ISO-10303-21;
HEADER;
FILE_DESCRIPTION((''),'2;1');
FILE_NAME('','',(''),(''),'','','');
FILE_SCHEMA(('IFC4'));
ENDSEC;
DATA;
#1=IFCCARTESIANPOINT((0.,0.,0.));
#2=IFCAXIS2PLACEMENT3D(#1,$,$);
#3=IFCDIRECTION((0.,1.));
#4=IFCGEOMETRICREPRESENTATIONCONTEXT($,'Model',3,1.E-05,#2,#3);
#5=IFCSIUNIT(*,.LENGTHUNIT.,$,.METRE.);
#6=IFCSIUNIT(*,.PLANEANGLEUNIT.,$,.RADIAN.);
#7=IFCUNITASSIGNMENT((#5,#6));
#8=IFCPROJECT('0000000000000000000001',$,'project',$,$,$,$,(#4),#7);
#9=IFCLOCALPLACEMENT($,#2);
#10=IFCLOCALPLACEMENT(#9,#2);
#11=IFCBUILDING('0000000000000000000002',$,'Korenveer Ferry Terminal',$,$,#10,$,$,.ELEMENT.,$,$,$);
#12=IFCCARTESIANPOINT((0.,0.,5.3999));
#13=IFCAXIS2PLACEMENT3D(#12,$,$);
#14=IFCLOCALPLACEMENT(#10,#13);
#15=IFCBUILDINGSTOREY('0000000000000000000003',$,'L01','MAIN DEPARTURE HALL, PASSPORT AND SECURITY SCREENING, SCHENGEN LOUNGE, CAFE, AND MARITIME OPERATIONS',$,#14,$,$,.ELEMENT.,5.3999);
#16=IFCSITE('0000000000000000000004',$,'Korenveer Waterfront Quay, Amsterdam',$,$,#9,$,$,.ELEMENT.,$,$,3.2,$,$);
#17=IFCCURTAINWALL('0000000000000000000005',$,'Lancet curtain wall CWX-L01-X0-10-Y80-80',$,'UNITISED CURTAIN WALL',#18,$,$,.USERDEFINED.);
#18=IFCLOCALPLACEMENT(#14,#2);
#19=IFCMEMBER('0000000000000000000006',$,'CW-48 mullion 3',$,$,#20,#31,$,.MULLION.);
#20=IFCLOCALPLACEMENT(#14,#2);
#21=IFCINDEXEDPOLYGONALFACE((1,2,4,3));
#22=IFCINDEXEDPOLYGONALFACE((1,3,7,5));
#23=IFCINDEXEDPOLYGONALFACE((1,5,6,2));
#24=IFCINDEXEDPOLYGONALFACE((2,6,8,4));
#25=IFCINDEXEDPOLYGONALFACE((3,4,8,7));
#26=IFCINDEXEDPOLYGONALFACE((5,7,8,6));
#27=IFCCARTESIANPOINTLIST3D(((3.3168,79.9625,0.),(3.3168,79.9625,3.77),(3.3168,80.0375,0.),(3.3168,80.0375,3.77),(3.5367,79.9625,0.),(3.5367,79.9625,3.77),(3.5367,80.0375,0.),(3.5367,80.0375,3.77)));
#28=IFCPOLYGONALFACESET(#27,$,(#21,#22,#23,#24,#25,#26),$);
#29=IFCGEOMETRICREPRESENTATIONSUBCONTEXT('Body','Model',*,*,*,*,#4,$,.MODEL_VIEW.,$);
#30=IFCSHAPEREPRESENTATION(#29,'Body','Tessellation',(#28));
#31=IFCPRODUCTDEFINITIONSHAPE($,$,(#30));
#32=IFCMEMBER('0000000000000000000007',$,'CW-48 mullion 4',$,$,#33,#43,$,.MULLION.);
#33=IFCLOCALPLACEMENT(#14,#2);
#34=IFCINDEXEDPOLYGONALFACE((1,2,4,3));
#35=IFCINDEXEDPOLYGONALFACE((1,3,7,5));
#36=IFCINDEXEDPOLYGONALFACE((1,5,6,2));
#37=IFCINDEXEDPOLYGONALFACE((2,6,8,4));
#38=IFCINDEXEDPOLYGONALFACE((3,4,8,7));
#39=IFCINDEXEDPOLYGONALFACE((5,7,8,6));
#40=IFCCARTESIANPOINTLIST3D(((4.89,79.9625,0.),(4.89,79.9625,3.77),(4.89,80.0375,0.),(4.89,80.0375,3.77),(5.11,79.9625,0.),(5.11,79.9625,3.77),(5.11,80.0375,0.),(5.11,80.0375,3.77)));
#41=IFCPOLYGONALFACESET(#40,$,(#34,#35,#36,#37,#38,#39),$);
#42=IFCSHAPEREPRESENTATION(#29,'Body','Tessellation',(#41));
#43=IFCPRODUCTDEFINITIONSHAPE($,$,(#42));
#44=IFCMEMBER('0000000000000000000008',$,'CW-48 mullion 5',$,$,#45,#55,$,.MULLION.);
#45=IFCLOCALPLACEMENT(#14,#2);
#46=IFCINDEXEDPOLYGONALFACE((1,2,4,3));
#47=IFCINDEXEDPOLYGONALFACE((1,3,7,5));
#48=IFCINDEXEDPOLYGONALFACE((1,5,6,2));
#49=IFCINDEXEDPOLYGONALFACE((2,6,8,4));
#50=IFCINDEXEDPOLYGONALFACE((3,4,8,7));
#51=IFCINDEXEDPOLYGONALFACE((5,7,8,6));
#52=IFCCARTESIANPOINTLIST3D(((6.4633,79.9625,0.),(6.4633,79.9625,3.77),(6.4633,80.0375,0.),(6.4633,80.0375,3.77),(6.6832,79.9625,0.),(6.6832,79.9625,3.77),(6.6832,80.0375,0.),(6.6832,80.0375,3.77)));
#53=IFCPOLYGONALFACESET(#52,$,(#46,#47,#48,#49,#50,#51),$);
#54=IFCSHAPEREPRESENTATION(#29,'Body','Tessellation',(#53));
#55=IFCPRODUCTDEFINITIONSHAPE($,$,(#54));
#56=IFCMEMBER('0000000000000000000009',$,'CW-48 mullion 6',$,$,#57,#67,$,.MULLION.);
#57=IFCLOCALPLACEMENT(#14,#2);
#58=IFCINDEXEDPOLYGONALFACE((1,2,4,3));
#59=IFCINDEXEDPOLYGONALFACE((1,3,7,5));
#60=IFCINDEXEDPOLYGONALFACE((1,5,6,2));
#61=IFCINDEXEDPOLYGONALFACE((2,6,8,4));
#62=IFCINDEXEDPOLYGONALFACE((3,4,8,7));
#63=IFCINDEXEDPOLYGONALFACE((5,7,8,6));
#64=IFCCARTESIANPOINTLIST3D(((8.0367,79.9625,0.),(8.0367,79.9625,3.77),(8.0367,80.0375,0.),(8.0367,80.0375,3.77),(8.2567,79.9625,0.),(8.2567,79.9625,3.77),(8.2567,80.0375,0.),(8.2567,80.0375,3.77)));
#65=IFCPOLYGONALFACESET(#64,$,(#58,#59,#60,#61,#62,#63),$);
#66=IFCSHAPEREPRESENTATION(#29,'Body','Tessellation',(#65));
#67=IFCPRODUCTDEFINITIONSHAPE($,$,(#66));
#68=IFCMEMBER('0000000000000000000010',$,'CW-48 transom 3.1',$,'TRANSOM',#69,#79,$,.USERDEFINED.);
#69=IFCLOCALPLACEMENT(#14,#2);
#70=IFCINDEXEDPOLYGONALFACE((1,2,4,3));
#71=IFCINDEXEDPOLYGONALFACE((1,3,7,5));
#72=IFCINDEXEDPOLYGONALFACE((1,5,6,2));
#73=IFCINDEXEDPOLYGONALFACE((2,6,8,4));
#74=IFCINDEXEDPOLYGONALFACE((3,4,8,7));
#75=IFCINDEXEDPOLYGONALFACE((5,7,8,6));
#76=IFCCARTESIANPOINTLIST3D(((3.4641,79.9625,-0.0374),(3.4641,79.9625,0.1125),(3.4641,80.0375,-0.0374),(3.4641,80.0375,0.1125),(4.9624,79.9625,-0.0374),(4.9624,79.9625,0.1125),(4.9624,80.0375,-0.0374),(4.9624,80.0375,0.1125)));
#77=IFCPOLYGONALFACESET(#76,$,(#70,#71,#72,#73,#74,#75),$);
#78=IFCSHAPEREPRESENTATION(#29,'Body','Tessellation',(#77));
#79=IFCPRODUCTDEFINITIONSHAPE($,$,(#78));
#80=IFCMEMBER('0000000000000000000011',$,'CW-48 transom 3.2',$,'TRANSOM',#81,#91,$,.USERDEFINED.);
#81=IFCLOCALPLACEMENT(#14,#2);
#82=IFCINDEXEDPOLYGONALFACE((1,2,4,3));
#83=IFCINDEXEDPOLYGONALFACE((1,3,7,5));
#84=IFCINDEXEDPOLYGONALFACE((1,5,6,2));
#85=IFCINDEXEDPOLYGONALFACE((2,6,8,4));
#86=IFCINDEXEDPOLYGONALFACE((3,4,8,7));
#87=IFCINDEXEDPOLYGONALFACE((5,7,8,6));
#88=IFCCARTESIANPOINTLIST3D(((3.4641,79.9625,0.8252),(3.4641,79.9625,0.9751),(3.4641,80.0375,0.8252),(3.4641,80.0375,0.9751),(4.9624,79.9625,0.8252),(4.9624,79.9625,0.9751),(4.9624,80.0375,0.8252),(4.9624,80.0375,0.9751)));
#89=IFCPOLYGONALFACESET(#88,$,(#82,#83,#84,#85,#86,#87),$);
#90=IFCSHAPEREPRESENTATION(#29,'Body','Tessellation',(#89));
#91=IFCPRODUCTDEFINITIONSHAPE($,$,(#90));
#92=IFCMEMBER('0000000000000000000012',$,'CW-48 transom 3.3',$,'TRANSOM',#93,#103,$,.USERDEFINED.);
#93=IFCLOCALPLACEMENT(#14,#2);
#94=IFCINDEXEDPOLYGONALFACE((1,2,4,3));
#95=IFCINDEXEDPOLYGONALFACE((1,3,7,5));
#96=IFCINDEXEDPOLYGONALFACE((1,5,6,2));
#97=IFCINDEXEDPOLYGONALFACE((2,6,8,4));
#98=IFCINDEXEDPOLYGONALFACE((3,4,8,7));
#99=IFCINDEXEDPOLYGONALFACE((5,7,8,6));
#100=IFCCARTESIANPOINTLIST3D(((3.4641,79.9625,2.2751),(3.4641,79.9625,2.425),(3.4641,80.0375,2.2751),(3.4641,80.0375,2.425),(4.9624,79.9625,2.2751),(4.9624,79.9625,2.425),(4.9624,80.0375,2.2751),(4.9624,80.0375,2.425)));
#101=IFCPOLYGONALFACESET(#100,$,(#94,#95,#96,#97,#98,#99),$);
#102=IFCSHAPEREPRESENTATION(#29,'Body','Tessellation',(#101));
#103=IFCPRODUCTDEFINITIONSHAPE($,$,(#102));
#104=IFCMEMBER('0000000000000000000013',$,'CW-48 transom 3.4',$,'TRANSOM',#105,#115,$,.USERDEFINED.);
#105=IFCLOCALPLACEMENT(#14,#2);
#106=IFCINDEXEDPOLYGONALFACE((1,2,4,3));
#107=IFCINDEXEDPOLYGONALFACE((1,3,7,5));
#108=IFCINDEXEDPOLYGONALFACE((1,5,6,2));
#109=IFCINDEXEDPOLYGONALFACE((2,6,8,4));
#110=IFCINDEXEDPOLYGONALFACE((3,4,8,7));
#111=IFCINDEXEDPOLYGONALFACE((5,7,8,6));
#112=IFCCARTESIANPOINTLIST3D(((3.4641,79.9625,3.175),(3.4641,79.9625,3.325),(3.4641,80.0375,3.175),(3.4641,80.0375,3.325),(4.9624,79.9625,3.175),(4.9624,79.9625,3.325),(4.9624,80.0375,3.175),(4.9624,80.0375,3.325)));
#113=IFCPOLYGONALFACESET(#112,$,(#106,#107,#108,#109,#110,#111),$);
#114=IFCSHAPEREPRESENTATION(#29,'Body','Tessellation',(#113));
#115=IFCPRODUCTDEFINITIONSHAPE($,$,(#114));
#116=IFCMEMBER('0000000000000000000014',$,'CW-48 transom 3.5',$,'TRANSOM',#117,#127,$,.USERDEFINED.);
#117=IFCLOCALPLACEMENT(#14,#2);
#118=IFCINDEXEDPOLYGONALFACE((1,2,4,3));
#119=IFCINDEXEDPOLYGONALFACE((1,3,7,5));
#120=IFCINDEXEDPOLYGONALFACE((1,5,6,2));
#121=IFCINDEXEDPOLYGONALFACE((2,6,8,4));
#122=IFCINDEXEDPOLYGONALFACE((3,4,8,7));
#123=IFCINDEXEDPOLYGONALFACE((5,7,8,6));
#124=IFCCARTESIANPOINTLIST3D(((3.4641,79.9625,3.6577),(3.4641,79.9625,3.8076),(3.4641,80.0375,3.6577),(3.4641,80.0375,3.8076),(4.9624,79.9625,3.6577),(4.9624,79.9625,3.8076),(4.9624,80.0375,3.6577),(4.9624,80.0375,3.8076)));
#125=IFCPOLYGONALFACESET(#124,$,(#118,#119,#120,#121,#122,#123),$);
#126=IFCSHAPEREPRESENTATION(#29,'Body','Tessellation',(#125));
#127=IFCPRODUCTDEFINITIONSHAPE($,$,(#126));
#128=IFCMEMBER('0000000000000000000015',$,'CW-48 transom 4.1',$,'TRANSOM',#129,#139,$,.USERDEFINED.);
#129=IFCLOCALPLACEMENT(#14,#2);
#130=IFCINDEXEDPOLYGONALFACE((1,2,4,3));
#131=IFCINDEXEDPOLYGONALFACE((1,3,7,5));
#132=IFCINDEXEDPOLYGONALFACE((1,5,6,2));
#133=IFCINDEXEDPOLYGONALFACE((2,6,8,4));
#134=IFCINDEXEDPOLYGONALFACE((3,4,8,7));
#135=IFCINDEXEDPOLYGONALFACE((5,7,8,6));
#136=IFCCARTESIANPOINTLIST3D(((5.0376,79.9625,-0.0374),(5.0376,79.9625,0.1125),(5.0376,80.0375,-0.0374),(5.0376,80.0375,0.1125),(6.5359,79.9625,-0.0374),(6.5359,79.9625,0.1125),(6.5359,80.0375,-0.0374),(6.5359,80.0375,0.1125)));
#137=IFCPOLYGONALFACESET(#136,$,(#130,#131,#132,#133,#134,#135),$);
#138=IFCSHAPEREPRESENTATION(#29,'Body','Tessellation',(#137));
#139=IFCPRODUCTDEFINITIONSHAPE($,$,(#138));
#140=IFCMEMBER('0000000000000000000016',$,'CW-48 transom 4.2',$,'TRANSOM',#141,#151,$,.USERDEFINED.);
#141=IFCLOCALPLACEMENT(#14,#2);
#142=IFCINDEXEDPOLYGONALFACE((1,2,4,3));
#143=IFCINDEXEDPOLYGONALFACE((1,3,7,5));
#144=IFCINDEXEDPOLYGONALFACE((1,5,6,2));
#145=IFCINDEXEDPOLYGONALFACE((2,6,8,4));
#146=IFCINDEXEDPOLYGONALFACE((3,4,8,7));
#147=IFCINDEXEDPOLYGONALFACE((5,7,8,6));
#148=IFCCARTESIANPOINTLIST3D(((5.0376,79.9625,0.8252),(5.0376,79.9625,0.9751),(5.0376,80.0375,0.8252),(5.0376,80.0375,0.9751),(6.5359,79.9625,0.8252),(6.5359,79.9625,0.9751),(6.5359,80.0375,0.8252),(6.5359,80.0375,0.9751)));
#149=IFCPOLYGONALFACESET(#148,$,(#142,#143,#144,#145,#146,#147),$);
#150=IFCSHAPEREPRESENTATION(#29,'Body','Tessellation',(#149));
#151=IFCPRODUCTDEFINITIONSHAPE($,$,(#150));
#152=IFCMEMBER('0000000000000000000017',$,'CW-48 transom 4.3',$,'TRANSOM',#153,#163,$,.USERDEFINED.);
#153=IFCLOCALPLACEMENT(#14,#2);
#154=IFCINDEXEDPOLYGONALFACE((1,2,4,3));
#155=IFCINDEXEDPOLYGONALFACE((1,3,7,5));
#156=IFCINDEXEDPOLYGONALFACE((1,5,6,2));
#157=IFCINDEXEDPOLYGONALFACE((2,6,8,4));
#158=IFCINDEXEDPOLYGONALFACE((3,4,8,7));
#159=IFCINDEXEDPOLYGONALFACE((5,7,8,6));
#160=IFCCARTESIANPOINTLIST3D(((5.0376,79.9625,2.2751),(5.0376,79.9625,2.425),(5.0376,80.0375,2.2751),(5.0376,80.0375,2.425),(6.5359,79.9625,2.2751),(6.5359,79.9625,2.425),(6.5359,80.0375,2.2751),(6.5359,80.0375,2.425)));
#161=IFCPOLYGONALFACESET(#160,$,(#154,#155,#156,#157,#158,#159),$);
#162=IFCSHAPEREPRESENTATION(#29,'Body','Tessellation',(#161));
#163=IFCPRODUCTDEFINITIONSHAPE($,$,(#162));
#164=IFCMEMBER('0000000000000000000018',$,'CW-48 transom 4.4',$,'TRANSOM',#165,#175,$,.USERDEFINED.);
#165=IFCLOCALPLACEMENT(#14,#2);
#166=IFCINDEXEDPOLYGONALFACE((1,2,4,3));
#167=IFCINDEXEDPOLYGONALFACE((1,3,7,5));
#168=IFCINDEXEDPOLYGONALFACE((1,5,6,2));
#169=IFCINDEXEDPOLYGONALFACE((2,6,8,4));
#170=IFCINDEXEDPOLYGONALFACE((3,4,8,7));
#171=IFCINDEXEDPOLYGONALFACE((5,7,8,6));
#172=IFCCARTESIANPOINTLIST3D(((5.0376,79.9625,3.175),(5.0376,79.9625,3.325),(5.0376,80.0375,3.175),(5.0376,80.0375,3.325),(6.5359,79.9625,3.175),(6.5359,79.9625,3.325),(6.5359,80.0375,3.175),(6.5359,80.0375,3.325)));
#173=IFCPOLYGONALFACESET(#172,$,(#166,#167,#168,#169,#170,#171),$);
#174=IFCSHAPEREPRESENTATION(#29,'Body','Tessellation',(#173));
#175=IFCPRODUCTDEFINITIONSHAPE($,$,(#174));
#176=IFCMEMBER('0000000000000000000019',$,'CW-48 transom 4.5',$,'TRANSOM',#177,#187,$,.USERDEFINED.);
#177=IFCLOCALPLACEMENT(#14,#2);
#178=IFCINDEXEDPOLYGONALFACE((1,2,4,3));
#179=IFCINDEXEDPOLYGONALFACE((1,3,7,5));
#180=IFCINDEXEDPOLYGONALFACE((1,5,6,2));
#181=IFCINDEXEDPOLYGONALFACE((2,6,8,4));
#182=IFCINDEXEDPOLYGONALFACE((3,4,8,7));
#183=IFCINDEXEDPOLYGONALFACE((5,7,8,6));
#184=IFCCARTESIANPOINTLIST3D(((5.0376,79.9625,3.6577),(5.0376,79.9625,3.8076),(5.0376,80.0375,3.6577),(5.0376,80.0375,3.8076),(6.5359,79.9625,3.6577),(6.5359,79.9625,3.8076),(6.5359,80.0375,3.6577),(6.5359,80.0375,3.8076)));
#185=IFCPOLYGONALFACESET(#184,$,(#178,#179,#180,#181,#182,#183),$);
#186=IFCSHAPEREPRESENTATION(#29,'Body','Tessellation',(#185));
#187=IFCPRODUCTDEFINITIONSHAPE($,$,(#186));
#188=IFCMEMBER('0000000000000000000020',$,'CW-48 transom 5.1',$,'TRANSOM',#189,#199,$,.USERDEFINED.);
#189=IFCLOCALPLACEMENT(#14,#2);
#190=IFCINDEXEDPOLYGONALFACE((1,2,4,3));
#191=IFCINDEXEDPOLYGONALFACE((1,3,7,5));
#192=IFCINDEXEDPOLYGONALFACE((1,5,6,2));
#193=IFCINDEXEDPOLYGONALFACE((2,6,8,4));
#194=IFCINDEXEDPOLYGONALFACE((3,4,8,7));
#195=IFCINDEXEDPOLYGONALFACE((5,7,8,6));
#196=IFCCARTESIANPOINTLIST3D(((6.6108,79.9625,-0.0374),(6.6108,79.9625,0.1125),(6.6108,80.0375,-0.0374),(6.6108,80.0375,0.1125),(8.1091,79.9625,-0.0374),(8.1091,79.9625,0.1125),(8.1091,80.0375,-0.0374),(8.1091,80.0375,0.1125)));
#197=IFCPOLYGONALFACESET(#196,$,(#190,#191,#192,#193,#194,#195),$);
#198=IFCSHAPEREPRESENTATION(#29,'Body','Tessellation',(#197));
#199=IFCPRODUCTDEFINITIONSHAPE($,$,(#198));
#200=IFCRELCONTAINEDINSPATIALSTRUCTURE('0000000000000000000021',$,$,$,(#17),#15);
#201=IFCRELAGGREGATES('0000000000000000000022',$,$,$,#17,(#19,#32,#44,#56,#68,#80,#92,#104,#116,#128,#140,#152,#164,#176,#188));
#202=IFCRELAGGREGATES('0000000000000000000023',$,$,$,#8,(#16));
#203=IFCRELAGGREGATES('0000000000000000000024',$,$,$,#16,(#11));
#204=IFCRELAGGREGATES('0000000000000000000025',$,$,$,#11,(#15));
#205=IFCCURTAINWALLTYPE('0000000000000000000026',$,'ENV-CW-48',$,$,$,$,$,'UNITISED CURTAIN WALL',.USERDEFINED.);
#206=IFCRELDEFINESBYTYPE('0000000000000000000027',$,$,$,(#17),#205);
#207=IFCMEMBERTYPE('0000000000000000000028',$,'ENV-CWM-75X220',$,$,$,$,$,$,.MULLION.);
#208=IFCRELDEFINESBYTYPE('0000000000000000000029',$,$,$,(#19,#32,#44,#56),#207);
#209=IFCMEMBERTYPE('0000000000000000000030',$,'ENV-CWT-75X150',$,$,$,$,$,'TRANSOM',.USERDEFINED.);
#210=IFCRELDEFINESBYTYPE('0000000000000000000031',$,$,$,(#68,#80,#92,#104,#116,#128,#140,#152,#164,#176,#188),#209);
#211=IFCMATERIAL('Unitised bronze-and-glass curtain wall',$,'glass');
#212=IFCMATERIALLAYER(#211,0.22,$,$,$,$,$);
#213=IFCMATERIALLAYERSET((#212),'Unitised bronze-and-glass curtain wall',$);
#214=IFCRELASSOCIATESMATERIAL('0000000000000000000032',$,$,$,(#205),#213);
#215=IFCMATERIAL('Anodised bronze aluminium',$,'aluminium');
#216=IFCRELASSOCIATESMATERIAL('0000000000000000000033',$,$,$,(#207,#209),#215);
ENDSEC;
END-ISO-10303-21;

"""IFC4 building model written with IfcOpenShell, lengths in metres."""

from ifc_helpers import new_model, si_unit, direction, frame, origin, origin_2d, place, context, subcontext, project, spatial, rectangle, extrude, material, layer, layer_set, material_profile, profile_set, type_object, element, aggregate, save


model = new_model("IFC4")

# Units and contexts
model_context = context("Model", 3, precision=1e-05, world=origin(), true_north=direction((0.0, 1.0)))
body_context = subcontext(model_context, "Body", "Model", "MODEL_VIEW")
ifc_project = project(units=[si_unit("LENGTHUNIT", "METRE"), si_unit("PLANEANGLEUNIT", "RADIAN")], contexts=[model_context])

# Site, building, storey
site_placement = place(None, origin())
site = spatial("IfcSite", under=ifc_project, at=site_placement, Name="Korenveer Waterfront Quay, Amsterdam", CompositionType="ELEMENT", RefElevation=3.2)
building_placement = place(site_placement, origin())
building = spatial("IfcBuilding", under=site, at=building_placement, Name="Korenveer Ferry Terminal", CompositionType="ELEMENT")
storey_placement = place(building_placement, frame((0.0, 0.0, 5.3999)))
storey = spatial("IfcBuildingStorey", under=building, at=storey_placement, Name="L01", Description="MAIN DEPARTURE HALL, PASSPORT AND SECURITY SCREENING, SCHENGEN LOUNGE, CAFE, AND MARITIME OPERATIONS", CompositionType="ELEMENT", Elevation=5.3999)

# Curtain wall, members
ifc_material_1 = material(Name="Unitised bronze-and-glass curtain wall", Category="glass")
ifc_layer_1 = layer(ifc_material_1, 0.22)
ifc_layer_set_1 = layer_set([ifc_layer_1], Name="Unitised bronze-and-glass curtain wall")
curtain_wall_type = type_object("IfcCurtainWallType", Name="ENV-CW-48", ElementType="UNITISED CURTAIN WALL", PredefinedType="USERDEFINED", material=ifc_layer_set_1)
curtain_wall_placement = place(storey_placement, frame((0.28, 80.0, 0.0)))
curtain_wall = element("IfcCurtainWall", 1, at=curtain_wall_placement, inside=storey, type_object=curtain_wall_type, Name="Lancet curtain wall CWX-L01-X0-10-Y80-80", ObjectType="UNITISED CURTAIN WALL", PredefinedType="USERDEFINED")
ifc_material_2 = material(Name="Anodised bronze aluminium", Category="aluminium")
ifc_material_profile_1 = material_profile(ifc_material_2, rectangle(XDim=0.075, YDim=0.22, at=origin_2d()), Name="ALU 75x220")
ifc_profile_set_1 = profile_set([ifc_material_profile_1], Name="Anodised bronze aluminium")
member_type_1 = type_object("IfcMemberType", Name="ENV-CWM-75X220", PredefinedType="MULLION", material=ifc_profile_set_1)
member_1_placement = place(storey_placement, frame((3.4268, 80.0, 0.0), z_axis=(0.0, 0.0, 1.0), x_axis=(0.0, 1.0, 0.0)))
member_1 = element("IfcMember", 2, at=member_1_placement, type_object=member_type_1, Name="CW-48 mullion 3", PredefinedType="MULLION", context=body_context, shape_type="SweptSolid", body=[
    extrude(rectangle(XDim=0.075, YDim=0.22, at=origin_2d()), origin(), (0.0, 0.0, 1.0), 3.77),
])
member_2_placement = place(storey_placement, frame((5.0, 80.0, 0.0), z_axis=(0.0, 0.0, 1.0), x_axis=(0.0, 1.0, 0.0)))
member_2 = element("IfcMember", 3, at=member_2_placement, type_object=member_type_1, Name="CW-48 mullion 4", PredefinedType="MULLION", context=body_context, shape_type="SweptSolid", body=[
    extrude(rectangle(XDim=0.075, YDim=0.22, at=origin_2d()), origin(), (0.0, 0.0, 1.0), 3.77),
])
member_3_placement = place(storey_placement, frame((6.5732, 80.0, 0.0), z_axis=(0.0, 0.0, 1.0), x_axis=(0.0, 1.0, 0.0)))
member_3 = element("IfcMember", 4, at=member_3_placement, type_object=member_type_1, Name="CW-48 mullion 5", PredefinedType="MULLION", context=body_context, shape_type="SweptSolid", body=[
    extrude(rectangle(XDim=0.075, YDim=0.22, at=origin_2d()), origin(), (0.0, 0.0, 1.0), 3.77),
])
member_4_placement = place(storey_placement, frame((8.1467, 80.0, 0.0), z_axis=(0.0, 0.0, 1.0), x_axis=(0.0, 1.0, 0.0)))
member_4 = element("IfcMember", 5, at=member_4_placement, type_object=member_type_1, Name="CW-48 mullion 6", PredefinedType="MULLION", context=body_context, shape_type="SweptSolid", body=[
    extrude(rectangle(XDim=0.075, YDim=0.22, at=origin_2d()), origin(), (0.0, 0.0, 1.0), 3.77),
])
ifc_material_profile_2 = material_profile(ifc_material_2, rectangle(XDim=0.075, YDim=0.1499, at=origin_2d()), Name="ALU 75x150")
ifc_profile_set_2 = profile_set([ifc_material_profile_2], Name="Anodised bronze aluminium")
member_type_2 = type_object("IfcMemberType", Name="ENV-CWT-75X150", ElementType="TRANSOM", PredefinedType="USERDEFINED", material=ifc_profile_set_2)
member_5_placement = place(storey_placement, frame((3.4641, 80.0, 0.0376), z_axis=(1.0, 0.0, 0.0), x_axis=(0.0, 1.0, 0.0)))
member_5 = element("IfcMember", 6, at=member_5_placement, type_object=member_type_2, Name="CW-48 transom 3.1", ObjectType="TRANSOM", PredefinedType="USERDEFINED", context=body_context, shape_type="SweptSolid", body=[
    extrude(rectangle(XDim=0.075, YDim=0.1499, at=origin_2d()), origin(), (0.0, 0.0, 1.0), 1.4983),
])
member_6_placement = place(storey_placement, frame((3.4641, 80.0, 0.9001), z_axis=(1.0, 0.0, 0.0), x_axis=(0.0, 1.0, 0.0)))
member_6 = element("IfcMember", 7, at=member_6_placement, type_object=member_type_2, Name="CW-48 transom 3.2", ObjectType="TRANSOM", PredefinedType="USERDEFINED", context=body_context, shape_type="SweptSolid", body=[
    extrude(rectangle(XDim=0.075, YDim=0.1499, at=origin_2d()), origin(), (0.0, 0.0, 1.0), 1.4983),
])
member_7_placement = place(storey_placement, frame((3.4641, 80.0, 2.3501), z_axis=(1.0, 0.0, 0.0), x_axis=(0.0, 1.0, 0.0)))
member_7 = element("IfcMember", 8, at=member_7_placement, type_object=member_type_2, Name="CW-48 transom 3.3", ObjectType="TRANSOM", PredefinedType="USERDEFINED", context=body_context, shape_type="SweptSolid", body=[
    extrude(rectangle(XDim=0.075, YDim=0.1499, at=origin_2d()), origin(), (0.0, 0.0, 1.0), 1.4983),
])
member_8_placement = place(storey_placement, frame((3.4641, 80.0, 3.25), z_axis=(1.0, 0.0, 0.0), x_axis=(0.0, 1.0, 0.0)))
member_8 = element("IfcMember", 9, at=member_8_placement, type_object=member_type_2, Name="CW-48 transom 3.4", ObjectType="TRANSOM", PredefinedType="USERDEFINED", context=body_context, shape_type="SweptSolid", body=[
    extrude(rectangle(XDim=0.075, YDim=0.1499, at=origin_2d()), origin(), (0.0, 0.0, 1.0), 1.4983),
])
member_9_placement = place(storey_placement, frame((3.4641, 80.0, 3.7327), z_axis=(1.0, 0.0, 0.0), x_axis=(0.0, 1.0, 0.0)))
member_9 = element("IfcMember", 10, at=member_9_placement, type_object=member_type_2, Name="CW-48 transom 3.5", ObjectType="TRANSOM", PredefinedType="USERDEFINED", context=body_context, shape_type="SweptSolid", body=[
    extrude(rectangle(XDim=0.075, YDim=0.1499, at=origin_2d()), origin(), (0.0, 0.0, 1.0), 1.4983),
])
member_10_placement = place(storey_placement, frame((5.0376, 80.0, 0.0376), z_axis=(1.0, 0.0, 0.0), x_axis=(0.0, 1.0, 0.0)))
member_10 = element("IfcMember", 11, at=member_10_placement, type_object=member_type_2, Name="CW-48 transom 4.1", ObjectType="TRANSOM", PredefinedType="USERDEFINED", context=body_context, shape_type="SweptSolid", body=[
    extrude(rectangle(XDim=0.075, YDim=0.1499, at=origin_2d()), origin(), (0.0, 0.0, 1.0), 1.4983),
])
member_11_placement = place(storey_placement, frame((5.0376, 80.0, 0.9001), z_axis=(1.0, 0.0, 0.0), x_axis=(0.0, 1.0, 0.0)))
member_11 = element("IfcMember", 12, at=member_11_placement, type_object=member_type_2, Name="CW-48 transom 4.2", ObjectType="TRANSOM", PredefinedType="USERDEFINED", context=body_context, shape_type="SweptSolid", body=[
    extrude(rectangle(XDim=0.075, YDim=0.1499, at=origin_2d()), origin(), (0.0, 0.0, 1.0), 1.4983),
])
member_12_placement = place(storey_placement, frame((5.0376, 80.0, 2.3501), z_axis=(1.0, 0.0, 0.0), x_axis=(0.0, 1.0, 0.0)))
member_12 = element("IfcMember", 13, at=member_12_placement, type_object=member_type_2, Name="CW-48 transom 4.3", ObjectType="TRANSOM", PredefinedType="USERDEFINED", context=body_context, shape_type="SweptSolid", body=[
    extrude(rectangle(XDim=0.075, YDim=0.1499, at=origin_2d()), origin(), (0.0, 0.0, 1.0), 1.4983),
])
member_13_placement = place(storey_placement, frame((5.0376, 80.0, 3.25), z_axis=(1.0, 0.0, 0.0), x_axis=(0.0, 1.0, 0.0)))
member_13 = element("IfcMember", 14, at=member_13_placement, type_object=member_type_2, Name="CW-48 transom 4.4", ObjectType="TRANSOM", PredefinedType="USERDEFINED", context=body_context, shape_type="SweptSolid", body=[
    extrude(rectangle(XDim=0.075, YDim=0.1499, at=origin_2d()), origin(), (0.0, 0.0, 1.0), 1.4983),
])
member_14_placement = place(storey_placement, frame((5.0376, 80.0, 3.7327), z_axis=(1.0, 0.0, 0.0), x_axis=(0.0, 1.0, 0.0)))
member_14 = element("IfcMember", 15, at=member_14_placement, type_object=member_type_2, Name="CW-48 transom 4.5", ObjectType="TRANSOM", PredefinedType="USERDEFINED", context=body_context, shape_type="SweptSolid", body=[
    extrude(rectangle(XDim=0.075, YDim=0.1499, at=origin_2d()), origin(), (0.0, 0.0, 1.0), 1.4983),
])
member_15_placement = place(storey_placement, frame((6.6108, 80.0, 0.0376), z_axis=(1.0, 0.0, 0.0), x_axis=(0.0, 1.0, 0.0)))
member_15 = element("IfcMember", 16, at=member_15_placement, type_object=member_type_2, Name="CW-48 transom 5.1", ObjectType="TRANSOM", PredefinedType="USERDEFINED", context=body_context, shape_type="SweptSolid", body=[
    extrude(rectangle(XDim=0.075, YDim=0.1499, at=origin_2d()), origin(), (0.0, 0.0, 1.0), 1.4983),
])
aggregate(curtain_wall, [member_1, member_2, member_3, member_4, member_5, member_6, member_7, member_8, member_9, member_10, member_11, member_12, member_13, member_14, member_15])

save(model, "model.ifc")
